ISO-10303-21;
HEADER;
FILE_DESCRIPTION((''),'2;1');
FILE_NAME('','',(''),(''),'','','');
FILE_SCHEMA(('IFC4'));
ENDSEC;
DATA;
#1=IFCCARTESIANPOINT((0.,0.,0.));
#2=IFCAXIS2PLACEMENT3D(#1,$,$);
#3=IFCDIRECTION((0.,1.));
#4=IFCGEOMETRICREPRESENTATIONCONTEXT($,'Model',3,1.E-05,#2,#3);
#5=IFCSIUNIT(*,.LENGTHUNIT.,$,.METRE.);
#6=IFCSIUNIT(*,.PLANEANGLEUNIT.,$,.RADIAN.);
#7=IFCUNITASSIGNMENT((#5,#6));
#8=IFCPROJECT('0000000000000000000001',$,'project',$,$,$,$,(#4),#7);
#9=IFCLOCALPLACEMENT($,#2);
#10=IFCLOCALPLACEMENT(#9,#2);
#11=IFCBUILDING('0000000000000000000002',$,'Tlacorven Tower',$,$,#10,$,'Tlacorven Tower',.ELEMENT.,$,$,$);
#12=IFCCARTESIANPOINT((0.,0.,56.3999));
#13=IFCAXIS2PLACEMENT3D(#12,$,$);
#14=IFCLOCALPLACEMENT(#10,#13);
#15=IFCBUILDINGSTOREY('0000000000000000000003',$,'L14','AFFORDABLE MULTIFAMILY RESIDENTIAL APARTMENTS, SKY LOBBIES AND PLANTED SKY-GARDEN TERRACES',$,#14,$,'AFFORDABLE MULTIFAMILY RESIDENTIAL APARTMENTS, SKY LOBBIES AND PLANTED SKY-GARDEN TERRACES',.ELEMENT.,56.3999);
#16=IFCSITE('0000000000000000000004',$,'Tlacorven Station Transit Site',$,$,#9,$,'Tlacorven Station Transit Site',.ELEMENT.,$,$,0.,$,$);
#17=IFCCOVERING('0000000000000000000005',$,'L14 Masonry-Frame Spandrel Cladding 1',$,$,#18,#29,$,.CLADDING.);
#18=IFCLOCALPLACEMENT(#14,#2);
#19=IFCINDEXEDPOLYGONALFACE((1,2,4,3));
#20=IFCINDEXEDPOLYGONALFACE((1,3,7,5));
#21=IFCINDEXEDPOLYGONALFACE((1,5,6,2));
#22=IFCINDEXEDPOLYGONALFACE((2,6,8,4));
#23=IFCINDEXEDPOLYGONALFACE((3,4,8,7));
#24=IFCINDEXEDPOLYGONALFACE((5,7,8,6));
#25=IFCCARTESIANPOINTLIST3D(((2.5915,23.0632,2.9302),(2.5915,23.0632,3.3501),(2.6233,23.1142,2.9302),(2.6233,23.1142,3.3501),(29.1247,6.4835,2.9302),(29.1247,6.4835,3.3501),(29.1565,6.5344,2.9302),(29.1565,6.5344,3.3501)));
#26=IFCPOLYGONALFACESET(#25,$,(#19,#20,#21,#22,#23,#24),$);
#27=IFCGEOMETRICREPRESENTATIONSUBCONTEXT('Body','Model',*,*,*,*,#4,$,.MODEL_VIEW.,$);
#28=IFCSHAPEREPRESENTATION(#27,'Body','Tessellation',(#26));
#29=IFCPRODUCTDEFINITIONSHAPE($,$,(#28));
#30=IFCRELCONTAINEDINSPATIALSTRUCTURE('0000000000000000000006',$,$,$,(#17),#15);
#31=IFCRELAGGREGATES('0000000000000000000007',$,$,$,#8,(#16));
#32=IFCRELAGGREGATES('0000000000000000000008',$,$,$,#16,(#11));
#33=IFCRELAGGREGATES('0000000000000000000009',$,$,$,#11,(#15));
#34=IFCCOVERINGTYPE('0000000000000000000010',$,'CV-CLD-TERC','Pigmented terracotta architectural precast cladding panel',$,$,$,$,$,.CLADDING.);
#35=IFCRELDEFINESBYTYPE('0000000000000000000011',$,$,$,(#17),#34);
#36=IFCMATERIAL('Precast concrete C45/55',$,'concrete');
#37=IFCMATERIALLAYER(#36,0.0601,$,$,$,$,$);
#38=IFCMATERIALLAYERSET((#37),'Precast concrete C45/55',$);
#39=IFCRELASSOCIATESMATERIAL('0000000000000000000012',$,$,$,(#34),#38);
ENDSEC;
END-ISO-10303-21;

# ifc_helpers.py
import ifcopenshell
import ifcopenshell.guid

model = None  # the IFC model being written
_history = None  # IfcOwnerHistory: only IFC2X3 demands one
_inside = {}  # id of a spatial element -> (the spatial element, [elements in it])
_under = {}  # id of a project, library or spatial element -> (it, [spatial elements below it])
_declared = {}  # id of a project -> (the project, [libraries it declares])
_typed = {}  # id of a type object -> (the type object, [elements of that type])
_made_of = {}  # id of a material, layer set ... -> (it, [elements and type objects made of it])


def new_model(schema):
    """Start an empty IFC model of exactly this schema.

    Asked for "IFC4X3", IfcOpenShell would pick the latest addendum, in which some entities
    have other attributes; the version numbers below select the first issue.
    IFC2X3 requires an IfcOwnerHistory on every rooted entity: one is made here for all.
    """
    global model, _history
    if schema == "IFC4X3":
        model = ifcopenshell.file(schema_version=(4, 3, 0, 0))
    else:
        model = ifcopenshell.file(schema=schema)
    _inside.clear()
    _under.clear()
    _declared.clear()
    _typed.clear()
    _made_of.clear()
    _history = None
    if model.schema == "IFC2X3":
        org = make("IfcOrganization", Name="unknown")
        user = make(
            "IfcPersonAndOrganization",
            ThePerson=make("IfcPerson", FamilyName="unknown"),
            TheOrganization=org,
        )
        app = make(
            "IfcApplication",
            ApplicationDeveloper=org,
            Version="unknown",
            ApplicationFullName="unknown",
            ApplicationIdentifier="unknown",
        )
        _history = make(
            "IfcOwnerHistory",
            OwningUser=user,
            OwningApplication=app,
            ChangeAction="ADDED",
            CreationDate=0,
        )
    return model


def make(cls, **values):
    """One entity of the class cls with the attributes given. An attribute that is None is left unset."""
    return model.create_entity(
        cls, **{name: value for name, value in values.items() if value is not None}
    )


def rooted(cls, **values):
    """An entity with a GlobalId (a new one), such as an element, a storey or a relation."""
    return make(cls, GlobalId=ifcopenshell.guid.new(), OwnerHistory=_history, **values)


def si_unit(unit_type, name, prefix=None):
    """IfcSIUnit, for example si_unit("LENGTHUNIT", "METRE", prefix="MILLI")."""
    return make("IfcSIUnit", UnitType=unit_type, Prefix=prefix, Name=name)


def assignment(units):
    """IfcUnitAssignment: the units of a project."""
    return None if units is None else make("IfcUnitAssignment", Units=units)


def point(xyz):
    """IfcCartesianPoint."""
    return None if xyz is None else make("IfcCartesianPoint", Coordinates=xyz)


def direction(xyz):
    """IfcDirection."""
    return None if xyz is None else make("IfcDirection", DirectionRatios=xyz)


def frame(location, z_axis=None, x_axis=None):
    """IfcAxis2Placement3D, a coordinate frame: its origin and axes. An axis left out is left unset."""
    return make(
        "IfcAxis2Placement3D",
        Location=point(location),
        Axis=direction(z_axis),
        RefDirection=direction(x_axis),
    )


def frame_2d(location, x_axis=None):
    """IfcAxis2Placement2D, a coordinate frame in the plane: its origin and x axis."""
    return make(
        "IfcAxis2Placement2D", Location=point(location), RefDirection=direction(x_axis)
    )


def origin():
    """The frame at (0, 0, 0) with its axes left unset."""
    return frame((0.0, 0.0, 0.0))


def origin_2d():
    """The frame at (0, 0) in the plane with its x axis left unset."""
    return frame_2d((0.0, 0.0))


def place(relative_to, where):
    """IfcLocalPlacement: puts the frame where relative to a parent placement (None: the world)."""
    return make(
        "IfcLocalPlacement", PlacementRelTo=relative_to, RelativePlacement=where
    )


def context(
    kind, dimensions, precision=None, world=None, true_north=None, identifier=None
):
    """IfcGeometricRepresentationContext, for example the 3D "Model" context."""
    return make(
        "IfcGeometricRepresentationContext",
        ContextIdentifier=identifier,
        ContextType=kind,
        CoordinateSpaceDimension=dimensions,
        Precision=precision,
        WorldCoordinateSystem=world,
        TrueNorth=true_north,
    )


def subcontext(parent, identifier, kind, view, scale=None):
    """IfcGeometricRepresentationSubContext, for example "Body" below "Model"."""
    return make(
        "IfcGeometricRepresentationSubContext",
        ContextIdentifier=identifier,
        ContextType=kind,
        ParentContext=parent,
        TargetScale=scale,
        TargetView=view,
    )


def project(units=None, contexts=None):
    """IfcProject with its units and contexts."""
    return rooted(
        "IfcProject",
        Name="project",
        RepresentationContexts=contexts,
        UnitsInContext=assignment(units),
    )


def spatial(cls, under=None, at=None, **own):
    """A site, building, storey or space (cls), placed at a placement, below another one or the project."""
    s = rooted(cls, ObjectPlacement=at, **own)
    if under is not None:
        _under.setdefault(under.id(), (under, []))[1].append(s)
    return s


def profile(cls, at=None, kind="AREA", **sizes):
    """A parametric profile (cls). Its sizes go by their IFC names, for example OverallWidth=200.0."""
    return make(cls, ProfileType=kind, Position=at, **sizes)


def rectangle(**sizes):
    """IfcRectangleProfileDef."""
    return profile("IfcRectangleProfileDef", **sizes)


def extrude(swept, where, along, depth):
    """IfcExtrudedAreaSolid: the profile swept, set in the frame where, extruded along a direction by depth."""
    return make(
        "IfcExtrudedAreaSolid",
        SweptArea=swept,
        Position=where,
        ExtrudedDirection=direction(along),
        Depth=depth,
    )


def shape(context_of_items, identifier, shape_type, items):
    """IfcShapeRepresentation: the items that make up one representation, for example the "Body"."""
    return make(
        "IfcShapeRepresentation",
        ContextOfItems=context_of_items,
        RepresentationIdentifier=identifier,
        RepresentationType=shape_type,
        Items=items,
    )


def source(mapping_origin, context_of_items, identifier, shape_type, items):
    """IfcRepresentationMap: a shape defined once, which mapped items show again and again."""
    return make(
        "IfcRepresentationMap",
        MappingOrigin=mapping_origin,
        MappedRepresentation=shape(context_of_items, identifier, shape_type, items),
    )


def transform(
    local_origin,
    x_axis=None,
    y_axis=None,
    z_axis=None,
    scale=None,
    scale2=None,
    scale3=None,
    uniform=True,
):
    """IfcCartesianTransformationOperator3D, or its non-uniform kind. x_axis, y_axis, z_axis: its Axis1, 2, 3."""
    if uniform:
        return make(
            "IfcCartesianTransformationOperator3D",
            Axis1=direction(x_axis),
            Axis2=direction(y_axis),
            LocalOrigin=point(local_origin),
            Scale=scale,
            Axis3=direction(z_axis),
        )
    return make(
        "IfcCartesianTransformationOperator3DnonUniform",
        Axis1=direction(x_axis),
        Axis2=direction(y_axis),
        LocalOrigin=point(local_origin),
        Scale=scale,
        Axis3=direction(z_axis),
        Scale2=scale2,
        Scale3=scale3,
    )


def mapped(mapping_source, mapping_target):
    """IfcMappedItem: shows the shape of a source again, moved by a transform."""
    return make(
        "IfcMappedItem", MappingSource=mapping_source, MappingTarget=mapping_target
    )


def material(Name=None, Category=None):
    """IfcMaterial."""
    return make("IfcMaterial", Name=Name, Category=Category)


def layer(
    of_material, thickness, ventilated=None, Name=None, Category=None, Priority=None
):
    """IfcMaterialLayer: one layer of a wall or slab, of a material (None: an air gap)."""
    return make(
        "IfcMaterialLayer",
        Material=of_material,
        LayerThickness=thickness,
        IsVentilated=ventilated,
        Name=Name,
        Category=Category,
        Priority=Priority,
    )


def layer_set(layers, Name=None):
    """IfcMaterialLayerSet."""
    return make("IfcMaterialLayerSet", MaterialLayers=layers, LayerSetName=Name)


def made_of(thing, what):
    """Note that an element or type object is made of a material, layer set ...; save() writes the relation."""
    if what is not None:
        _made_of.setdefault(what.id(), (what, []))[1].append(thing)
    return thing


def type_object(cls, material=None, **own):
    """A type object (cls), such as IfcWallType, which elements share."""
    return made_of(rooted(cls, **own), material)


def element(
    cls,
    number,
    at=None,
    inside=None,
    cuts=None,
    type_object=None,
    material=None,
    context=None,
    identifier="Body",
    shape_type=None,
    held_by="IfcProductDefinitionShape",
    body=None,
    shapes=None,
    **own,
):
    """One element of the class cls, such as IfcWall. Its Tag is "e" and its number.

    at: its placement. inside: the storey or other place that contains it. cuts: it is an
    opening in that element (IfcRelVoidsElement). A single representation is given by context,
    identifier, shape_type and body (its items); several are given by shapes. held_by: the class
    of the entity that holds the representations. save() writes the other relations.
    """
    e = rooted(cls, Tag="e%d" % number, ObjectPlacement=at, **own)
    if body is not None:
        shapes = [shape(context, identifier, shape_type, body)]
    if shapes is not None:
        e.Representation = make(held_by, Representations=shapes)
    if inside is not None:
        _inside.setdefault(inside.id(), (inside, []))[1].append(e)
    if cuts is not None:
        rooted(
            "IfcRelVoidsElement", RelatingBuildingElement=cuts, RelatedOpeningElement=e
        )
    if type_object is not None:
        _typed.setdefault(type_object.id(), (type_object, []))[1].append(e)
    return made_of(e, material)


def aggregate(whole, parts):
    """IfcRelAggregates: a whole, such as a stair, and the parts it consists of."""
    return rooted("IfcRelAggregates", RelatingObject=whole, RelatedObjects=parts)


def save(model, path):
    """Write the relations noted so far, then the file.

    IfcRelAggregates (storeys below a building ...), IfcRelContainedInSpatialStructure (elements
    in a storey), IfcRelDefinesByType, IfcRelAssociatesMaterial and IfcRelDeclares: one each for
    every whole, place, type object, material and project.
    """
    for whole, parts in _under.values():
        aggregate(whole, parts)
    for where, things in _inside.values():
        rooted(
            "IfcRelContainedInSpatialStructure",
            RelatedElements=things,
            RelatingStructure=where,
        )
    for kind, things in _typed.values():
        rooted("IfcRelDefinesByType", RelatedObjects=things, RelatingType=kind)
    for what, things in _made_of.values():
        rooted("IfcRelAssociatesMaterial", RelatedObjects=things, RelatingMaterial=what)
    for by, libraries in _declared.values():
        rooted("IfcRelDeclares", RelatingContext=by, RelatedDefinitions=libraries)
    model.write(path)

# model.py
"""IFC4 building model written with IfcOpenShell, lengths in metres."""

from ifc_helpers import new_model, si_unit, direction, frame, origin, origin_2d, place, context, subcontext, project, spatial, rectangle, extrude, source, transform, mapped, material, layer, layer_set, type_object, element, save


model = new_model("IFC4")

# Units and contexts
model_context = context("Model", 3, precision=1e-05, world=origin(), true_north=direction((0.0, 1.0)))
body_context = subcontext(model_context, "Body", "Model", "MODEL_VIEW")
ifc_project = project(units=[si_unit("LENGTHUNIT", "METRE"), si_unit("PLANEANGLEUNIT", "RADIAN")], contexts=[model_context])

# Site, building, storey
site_placement = place(None, origin())
site = spatial("IfcSite", under=ifc_project, at=site_placement, Name="Tlacorven Station Transit Site", LongName="Tlacorven Station Transit Site", CompositionType="ELEMENT", RefElevation=0.0)
building_placement = place(site_placement, origin())
building = spatial("IfcBuilding", under=site, at=building_placement, Name="Tlacorven Tower", LongName="Tlacorven Tower", CompositionType="ELEMENT")
storey_placement = place(building_placement, frame((0.0, 0.0, 56.3999)))
storey = spatial("IfcBuildingStorey", under=building, at=storey_placement, Name="L14", Description="AFFORDABLE MULTIFAMILY RESIDENTIAL APARTMENTS, SKY LOBBIES AND PLANTED SKY-GARDEN TERRACES", LongName="AFFORDABLE MULTIFAMILY RESIDENTIAL APARTMENTS, SKY LOBBIES AND PLANTED SKY-GARDEN TERRACES", CompositionType="ELEMENT", Elevation=56.3999)

# Shared definitions
ifc_material_1 = material(Name="Precast concrete C45/55", Category="concrete")

# Covering
ifc_layer_1 = layer(ifc_material_1, 0.0601)
ifc_layer_set_1 = layer_set([ifc_layer_1], Name="Precast concrete C45/55")
covering_type = type_object("IfcCoveringType", Name="CV-CLD-TERC", Description="Pigmented terracotta architectural precast cladding panel", PredefinedType="CLADDING", material=ifc_layer_set_1)
shared_shape_1 = source(origin(), body_context, "Body", "SweptSolid", [
    extrude(rectangle(XDim=31.2874, YDim=0.0601, at=origin_2d()), origin(), (0.0, 0.0, 1.0), 0.4199),
])
covering_placement = place(storey_placement, frame((15.874, 14.7988, 2.9302), z_axis=(0.0, 0.0, 1.0), x_axis=(-0.848048, 0.529919, 0.0)))
element("IfcCovering", 1, at=covering_placement, inside=storey, type_object=covering_type, Name="L14 Masonry-Frame Spandrel Cladding 1", PredefinedType="CLADDING", context=body_context, shape_type="MappedRepresentation", body=[
    mapped(shared_shape_1, transform((0.0, 0.0, 0.0), scale=1.0)),
])

save(model, "model.ifc")
